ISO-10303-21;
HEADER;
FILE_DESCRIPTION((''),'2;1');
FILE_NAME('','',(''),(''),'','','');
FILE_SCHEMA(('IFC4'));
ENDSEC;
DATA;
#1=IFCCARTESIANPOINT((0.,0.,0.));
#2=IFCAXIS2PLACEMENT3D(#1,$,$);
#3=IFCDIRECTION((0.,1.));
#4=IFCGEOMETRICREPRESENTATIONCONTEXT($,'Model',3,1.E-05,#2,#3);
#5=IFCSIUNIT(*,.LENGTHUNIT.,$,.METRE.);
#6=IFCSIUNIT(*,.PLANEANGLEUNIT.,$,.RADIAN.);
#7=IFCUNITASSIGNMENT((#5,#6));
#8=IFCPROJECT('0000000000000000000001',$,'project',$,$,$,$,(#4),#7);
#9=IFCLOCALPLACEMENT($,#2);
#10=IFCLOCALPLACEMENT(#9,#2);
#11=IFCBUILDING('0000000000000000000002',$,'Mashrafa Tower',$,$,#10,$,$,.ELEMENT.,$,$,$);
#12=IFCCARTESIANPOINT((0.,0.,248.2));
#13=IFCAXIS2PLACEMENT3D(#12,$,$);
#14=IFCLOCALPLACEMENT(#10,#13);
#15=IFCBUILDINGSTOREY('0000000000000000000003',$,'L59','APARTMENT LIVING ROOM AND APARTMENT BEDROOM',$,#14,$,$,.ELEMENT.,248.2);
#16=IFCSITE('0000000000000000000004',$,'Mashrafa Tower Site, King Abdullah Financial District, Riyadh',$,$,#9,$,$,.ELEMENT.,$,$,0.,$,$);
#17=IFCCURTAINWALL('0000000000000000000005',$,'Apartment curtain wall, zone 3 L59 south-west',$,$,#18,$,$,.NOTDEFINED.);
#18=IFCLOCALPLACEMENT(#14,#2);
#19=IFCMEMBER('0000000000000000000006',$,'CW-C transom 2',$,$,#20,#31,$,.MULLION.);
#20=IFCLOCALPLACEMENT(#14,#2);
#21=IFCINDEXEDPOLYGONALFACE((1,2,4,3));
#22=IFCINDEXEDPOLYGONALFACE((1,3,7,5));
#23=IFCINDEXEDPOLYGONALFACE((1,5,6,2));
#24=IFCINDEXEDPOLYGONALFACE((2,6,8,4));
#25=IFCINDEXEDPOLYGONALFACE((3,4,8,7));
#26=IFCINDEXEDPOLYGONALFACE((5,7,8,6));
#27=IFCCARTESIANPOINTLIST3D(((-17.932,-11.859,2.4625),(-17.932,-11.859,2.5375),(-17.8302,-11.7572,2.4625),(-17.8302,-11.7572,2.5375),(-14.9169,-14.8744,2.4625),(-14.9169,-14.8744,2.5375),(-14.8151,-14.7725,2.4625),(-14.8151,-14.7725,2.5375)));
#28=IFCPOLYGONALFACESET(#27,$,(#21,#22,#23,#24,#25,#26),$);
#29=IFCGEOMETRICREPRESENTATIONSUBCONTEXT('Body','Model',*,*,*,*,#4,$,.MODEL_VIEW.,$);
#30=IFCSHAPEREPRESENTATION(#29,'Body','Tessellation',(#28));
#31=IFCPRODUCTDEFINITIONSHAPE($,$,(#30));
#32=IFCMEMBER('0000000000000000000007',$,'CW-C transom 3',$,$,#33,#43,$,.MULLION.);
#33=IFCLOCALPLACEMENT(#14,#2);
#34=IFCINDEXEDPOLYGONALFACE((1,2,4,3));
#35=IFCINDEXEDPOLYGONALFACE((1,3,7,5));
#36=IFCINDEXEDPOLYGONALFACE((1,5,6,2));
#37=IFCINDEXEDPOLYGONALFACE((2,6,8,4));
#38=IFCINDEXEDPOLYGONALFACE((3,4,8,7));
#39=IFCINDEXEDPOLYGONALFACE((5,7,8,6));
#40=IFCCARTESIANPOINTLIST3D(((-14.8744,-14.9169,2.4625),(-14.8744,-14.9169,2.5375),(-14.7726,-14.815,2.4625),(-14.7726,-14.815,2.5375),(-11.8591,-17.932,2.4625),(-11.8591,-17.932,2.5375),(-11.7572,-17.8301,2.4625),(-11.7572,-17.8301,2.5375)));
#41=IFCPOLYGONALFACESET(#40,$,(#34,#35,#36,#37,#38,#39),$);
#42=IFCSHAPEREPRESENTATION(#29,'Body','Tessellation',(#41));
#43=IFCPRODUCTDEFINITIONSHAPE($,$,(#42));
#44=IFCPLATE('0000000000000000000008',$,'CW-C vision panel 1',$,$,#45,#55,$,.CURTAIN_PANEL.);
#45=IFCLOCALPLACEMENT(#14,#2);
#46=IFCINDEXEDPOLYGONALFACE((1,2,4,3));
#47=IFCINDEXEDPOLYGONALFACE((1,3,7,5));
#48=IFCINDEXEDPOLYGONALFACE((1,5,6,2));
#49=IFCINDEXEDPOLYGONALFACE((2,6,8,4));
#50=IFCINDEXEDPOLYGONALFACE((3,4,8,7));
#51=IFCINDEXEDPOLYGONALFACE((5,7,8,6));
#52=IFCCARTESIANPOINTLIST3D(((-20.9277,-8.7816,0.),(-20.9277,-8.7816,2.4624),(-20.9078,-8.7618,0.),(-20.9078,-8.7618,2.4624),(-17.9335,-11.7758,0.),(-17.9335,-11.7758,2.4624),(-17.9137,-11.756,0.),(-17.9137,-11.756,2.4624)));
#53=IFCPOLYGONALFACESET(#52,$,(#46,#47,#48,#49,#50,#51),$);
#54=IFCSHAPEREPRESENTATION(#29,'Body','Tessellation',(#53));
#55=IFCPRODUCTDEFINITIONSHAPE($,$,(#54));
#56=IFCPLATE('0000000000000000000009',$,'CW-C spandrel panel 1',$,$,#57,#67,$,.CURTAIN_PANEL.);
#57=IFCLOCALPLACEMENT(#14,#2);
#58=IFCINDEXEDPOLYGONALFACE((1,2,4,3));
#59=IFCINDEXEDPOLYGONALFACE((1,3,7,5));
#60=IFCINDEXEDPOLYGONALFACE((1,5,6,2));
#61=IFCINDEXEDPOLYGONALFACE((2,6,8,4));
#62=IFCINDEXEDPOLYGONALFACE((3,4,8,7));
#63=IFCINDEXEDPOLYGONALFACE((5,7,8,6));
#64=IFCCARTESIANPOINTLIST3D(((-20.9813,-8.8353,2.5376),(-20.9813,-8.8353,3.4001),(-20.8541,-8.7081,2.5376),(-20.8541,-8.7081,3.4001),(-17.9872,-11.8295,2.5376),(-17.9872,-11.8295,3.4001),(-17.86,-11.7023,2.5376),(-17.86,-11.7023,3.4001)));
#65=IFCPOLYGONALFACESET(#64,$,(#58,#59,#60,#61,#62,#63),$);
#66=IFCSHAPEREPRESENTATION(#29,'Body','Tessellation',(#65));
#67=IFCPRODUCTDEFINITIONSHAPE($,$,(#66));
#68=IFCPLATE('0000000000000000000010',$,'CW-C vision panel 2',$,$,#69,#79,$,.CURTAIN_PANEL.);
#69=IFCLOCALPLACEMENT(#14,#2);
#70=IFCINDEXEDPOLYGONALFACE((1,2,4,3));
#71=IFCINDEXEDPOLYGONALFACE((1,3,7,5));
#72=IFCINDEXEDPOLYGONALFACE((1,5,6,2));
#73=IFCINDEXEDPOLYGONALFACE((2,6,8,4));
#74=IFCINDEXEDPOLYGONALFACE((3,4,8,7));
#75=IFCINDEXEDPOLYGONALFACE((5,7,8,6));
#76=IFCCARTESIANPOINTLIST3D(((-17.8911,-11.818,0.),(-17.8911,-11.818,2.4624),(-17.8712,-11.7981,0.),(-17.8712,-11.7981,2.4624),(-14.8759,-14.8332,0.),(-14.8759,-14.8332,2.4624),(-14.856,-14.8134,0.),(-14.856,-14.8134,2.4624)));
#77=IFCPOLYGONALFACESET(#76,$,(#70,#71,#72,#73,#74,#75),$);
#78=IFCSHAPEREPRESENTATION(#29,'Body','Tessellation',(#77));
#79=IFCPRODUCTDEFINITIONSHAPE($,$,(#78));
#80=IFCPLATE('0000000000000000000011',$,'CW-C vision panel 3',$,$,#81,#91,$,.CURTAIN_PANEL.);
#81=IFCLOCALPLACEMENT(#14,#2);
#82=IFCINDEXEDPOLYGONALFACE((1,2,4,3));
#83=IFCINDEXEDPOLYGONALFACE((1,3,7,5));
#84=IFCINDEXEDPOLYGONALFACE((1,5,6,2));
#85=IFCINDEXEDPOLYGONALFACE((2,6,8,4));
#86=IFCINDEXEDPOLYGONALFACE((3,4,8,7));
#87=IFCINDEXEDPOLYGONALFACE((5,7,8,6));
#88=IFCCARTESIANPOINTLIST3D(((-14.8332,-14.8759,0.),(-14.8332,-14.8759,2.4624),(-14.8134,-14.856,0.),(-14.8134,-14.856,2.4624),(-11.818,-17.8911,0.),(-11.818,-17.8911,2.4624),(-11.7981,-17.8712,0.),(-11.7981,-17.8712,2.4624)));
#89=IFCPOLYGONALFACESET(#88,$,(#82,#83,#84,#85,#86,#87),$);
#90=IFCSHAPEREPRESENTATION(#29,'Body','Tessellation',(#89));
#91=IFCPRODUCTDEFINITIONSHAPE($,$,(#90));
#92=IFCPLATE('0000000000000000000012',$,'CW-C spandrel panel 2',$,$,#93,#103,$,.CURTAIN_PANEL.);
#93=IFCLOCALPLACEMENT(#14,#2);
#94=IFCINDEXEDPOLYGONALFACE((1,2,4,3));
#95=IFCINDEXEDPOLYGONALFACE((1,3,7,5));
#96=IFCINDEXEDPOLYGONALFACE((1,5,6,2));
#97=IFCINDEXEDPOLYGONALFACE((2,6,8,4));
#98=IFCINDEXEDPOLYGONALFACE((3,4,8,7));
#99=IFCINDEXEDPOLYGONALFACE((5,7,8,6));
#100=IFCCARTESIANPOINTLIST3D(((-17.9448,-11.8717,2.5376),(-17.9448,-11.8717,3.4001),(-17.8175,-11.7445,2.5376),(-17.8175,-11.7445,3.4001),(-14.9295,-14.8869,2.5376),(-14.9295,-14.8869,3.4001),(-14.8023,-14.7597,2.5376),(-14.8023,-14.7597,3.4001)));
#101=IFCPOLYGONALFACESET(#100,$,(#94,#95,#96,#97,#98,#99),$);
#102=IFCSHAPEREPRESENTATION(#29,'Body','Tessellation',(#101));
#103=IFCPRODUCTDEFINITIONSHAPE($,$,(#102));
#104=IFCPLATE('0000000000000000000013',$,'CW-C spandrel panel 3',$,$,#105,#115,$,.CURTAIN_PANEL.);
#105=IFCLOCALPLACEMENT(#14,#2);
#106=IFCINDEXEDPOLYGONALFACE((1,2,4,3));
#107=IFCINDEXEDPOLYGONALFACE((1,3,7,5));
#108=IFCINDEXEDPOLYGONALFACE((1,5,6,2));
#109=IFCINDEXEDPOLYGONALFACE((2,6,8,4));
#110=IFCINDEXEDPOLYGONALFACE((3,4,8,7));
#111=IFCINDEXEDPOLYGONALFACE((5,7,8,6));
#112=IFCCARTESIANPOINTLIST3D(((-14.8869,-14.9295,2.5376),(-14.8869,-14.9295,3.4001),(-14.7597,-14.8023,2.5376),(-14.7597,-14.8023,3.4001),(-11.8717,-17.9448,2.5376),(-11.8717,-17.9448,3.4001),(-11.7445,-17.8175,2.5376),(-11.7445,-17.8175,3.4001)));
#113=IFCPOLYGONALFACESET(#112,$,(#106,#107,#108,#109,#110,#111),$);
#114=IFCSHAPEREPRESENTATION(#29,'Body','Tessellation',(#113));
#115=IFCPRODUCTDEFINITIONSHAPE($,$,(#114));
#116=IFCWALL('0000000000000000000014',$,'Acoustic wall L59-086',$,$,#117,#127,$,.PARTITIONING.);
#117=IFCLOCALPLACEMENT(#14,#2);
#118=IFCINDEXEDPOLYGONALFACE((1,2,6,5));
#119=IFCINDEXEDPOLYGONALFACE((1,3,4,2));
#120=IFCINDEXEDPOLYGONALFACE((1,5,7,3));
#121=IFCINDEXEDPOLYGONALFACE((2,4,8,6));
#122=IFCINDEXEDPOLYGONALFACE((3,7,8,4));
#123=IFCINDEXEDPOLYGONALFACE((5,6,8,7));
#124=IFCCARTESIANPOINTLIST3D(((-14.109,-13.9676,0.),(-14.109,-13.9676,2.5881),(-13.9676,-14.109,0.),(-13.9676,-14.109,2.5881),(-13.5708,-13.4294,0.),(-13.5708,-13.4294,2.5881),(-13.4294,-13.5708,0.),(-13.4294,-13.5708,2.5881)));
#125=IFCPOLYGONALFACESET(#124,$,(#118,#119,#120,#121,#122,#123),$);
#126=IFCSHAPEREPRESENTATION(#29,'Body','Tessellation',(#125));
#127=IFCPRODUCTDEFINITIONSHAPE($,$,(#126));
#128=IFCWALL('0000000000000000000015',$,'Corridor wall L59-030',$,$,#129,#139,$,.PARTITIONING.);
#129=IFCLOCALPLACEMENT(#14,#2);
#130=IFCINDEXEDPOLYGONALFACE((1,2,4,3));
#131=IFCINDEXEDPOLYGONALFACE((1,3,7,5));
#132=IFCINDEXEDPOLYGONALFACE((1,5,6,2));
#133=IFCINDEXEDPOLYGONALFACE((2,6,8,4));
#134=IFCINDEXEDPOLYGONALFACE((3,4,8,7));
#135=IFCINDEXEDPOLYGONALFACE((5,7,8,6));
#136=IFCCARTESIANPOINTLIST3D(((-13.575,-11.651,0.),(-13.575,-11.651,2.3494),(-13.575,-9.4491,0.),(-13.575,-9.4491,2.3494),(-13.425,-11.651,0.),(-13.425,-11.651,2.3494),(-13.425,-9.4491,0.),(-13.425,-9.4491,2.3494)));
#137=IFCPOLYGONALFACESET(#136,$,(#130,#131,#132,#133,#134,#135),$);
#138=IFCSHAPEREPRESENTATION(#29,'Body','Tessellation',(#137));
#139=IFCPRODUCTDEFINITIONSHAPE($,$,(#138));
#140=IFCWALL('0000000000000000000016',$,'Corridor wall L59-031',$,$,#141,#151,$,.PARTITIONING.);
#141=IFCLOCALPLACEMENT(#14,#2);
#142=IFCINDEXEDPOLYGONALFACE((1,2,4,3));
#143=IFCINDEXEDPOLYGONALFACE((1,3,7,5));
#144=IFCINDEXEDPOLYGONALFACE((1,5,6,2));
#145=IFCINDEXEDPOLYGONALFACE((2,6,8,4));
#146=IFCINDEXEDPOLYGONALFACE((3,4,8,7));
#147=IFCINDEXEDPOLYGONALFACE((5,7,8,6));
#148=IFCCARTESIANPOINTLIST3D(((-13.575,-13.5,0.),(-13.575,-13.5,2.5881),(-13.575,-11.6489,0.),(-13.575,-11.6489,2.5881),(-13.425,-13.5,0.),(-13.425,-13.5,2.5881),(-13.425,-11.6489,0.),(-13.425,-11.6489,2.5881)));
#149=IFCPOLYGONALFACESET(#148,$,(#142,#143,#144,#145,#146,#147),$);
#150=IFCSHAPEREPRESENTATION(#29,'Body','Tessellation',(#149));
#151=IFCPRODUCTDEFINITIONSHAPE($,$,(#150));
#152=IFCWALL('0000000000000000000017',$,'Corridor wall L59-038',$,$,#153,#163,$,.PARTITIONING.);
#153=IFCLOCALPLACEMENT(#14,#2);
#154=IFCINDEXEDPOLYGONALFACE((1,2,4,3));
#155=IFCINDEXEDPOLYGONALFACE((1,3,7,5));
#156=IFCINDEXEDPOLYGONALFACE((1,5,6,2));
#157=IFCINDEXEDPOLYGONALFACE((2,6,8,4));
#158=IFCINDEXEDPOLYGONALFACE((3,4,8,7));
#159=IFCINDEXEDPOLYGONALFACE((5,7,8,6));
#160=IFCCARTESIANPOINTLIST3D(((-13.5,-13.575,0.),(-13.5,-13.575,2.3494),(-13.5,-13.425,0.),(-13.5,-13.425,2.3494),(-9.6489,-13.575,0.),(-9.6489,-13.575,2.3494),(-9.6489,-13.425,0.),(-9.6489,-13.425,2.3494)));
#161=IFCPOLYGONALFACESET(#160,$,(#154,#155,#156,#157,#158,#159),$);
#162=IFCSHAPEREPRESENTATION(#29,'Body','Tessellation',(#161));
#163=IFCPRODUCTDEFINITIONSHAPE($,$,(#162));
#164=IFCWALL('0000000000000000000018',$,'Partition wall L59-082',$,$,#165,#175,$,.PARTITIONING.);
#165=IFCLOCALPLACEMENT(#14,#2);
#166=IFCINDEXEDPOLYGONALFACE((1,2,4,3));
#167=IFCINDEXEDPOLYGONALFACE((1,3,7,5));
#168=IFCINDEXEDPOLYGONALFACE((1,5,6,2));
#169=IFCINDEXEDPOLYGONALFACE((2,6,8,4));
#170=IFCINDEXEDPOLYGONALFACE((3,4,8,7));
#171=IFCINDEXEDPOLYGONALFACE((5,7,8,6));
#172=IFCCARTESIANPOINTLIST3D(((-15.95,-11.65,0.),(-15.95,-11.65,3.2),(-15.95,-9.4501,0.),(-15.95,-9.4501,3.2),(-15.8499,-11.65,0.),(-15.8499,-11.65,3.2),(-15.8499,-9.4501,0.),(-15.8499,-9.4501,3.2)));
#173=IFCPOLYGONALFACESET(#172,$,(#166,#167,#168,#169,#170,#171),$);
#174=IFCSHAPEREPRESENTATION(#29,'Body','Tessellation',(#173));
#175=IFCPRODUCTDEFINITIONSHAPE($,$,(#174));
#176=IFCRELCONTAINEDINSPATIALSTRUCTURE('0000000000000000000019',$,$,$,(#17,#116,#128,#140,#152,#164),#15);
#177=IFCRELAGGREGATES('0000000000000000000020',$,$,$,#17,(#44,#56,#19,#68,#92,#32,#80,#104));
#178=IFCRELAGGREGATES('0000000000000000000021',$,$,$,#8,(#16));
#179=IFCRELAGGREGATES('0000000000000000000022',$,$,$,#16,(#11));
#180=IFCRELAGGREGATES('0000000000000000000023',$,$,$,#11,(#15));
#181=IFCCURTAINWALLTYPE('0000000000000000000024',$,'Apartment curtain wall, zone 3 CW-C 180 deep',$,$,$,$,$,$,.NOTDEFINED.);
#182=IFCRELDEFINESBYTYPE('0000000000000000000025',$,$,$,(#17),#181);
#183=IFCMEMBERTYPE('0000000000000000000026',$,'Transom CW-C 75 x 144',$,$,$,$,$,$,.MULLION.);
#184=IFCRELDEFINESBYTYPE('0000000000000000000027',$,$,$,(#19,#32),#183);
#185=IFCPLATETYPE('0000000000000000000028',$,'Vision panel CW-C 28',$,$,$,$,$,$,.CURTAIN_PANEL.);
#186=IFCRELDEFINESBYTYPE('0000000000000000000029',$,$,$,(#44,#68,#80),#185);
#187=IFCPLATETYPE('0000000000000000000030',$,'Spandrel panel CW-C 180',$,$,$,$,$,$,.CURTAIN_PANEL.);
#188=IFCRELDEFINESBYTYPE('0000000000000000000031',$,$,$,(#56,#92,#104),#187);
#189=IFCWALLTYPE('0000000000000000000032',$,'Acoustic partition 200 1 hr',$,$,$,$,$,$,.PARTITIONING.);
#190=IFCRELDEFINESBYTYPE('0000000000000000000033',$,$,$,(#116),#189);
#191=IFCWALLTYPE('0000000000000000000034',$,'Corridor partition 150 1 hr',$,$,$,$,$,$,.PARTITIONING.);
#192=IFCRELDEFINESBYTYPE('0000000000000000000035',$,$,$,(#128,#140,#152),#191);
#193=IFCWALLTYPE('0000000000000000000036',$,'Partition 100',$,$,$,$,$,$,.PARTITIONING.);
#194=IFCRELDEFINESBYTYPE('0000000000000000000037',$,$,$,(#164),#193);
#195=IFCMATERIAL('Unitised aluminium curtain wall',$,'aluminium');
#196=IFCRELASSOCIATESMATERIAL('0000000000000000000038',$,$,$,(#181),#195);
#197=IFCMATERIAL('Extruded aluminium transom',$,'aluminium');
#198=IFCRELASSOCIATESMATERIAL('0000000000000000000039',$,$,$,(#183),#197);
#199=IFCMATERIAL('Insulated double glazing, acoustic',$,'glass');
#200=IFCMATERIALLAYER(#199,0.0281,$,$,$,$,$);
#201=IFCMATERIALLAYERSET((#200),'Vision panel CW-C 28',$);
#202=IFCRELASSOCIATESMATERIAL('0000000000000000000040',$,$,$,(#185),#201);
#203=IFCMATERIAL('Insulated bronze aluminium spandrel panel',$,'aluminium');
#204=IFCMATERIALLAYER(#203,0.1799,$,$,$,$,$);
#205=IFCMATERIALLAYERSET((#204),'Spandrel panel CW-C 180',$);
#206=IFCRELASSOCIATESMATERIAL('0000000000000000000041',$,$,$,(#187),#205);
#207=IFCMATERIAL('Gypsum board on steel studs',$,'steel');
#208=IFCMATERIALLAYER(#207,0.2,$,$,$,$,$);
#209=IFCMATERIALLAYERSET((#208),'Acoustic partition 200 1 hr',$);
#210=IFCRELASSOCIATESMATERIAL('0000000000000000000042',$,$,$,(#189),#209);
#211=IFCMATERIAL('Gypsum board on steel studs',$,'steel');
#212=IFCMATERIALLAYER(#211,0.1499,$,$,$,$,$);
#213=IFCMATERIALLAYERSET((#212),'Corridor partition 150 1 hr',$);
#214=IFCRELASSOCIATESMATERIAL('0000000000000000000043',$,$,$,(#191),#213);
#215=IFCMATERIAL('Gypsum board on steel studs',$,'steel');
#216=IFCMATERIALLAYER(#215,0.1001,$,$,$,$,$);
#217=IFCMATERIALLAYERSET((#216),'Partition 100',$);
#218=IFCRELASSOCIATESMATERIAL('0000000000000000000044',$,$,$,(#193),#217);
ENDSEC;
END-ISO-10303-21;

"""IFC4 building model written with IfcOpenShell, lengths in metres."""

from ifc_helpers import new_model, si_unit, direction, frame, frame_2d, origin, origin_2d, place, context, subcontext, project, spatial, rectangle, extrude, source, transform, mapped, material, layer, layer_set, material_profile, profile_set, type_object, type_shapes, element, aggregate, save


model = new_model("IFC4")

# Units and contexts
model_context = context("Model", 3, precision=1e-05, world=origin(), true_north=direction((0.0, 1.0)))
body_context = subcontext(model_context, "Body", "Model", "MODEL_VIEW")
ifc_project = project(units=[si_unit("LENGTHUNIT", "METRE"), si_unit("PLANEANGLEUNIT", "RADIAN")], contexts=[model_context])

# Site, building, storey
site_placement = place(None, origin())
site = spatial("IfcSite", under=ifc_project, at=site_placement, Name="Mashrafa Tower Site, King Abdullah Financial District, Riyadh", CompositionType="ELEMENT", RefElevation=0.0)
building_placement = place(site_placement, origin())
building = spatial("IfcBuilding", under=site, at=building_placement, Name="Mashrafa Tower", CompositionType="ELEMENT")
storey_placement = place(building_placement, frame((0.0, 0.0, 248.2)))
storey = spatial("IfcBuildingStorey", under=building, at=storey_placement, Name="L59", Description="APARTMENT LIVING ROOM AND APARTMENT BEDROOM", CompositionType="ELEMENT", Elevation=248.2)

# Curtain wall, members, plates
ifc_material_1 = material(Name="Unitised aluminium curtain wall", Category="aluminium")
curtain_wall_type = type_object("IfcCurtainWallType", Name="Apartment curtain wall, zone 3 CW-C 180 deep", PredefinedType="NOTDEFINED", material=ifc_material_1)
curtain_wall_placement = place(storey_placement, origin())
curtain_wall = element("IfcCurtainWall", 1, at=curtain_wall_placement, inside=storey, type_object=curtain_wall_type, Name="Apartment curtain wall, zone 3 L59 south-west", PredefinedType="NOTDEFINED")
ifc_material_2 = material(Name="Extruded aluminium transom", Category="aluminium")
ifc_material_profile_1 = material_profile(ifc_material_2, rectangle(XDim=0.144, YDim=0.075, at=origin_2d()), Name="Transom 75x144")
ifc_profile_set_1 = profile_set([ifc_material_profile_1], Name="Extruded aluminium transom")
member_type_1 = type_object("IfcMemberType", Name="Transom CW-C 75 x 144", PredefinedType="MULLION", material=ifc_profile_set_1)
shared_shape_1 = source(origin(), body_context, "Body", "SweptSolid", [
    extrude(rectangle(XDim=0.144, YDim=0.075, at=origin_2d()), origin(), (0.0, 0.0, 1.0), 4.2642),
])
type_shapes(member_type_1, [shared_shape_1])
member_1_placement = place(storey_placement, frame((-17.8811, -11.8081, 2.5), z_axis=(0.707078, -0.707135, 0.0), x_axis=(0.707135, 0.707078, 0.0)))
member_1 = element("IfcMember", 2, at=member_1_placement, type_object=member_type_1, Name="CW-C transom 2", PredefinedType="MULLION", context=body_context, shape_type="MappedRepresentation", body=[
    mapped(shared_shape_1, transform((0.0, 0.0, 0.0))),
])
member_2_placement = place(storey_placement, frame((-14.8235, -14.866, 2.5), z_axis=(0.707135, -0.707078, 0.0), x_axis=(0.707078, 0.707135, 0.0)))
member_2 = element("IfcMember", 3, at=member_2_placement, type_object=member_type_1, Name="CW-C transom 3", PredefinedType="MULLION", context=body_context, shape_type="MappedRepresentation", body=[
    mapped(shared_shape_1, transform((0.0, 0.0, 0.0))),
])
ifc_material_3 = material(Name="Insulated double glazing, acoustic", Category="glass")
ifc_layer_1 = layer(ifc_material_3, 0.0281)
ifc_layer_set_1 = layer_set([ifc_layer_1], Name="Vision panel CW-C 28")
plate_type_1 = type_object("IfcPlateType", Name="Vision panel CW-C 28", PredefinedType="CURTAIN_PANEL", material=ifc_layer_set_1)
shared_shape_2 = source(origin(), body_context, "Body", "SweptSolid", [
    extrude(rectangle(XDim=4.2344, YDim=0.0281, at=origin_2d()), origin(), (0.0, 0.0, 1.0), 2.4624),
])
plate_1_placement = place(storey_placement, frame((-19.4207, -10.2688, 0.0), z_axis=(0.0, 0.0, 1.0), x_axis=(0.707107, -0.707107, 0.0)))
plate_1 = element("IfcPlate", 4, at=plate_1_placement, type_object=plate_type_1, Name="CW-C vision panel 1", PredefinedType="CURTAIN_PANEL", context=body_context, shape_type="MappedRepresentation", body=[
    mapped(shared_shape_2, transform((0.0, 0.0, 0.0))),
])
ifc_material_4 = material(Name="Insulated bronze aluminium spandrel panel", Category="aluminium")
ifc_layer_2 = layer(ifc_material_4, 0.1799)
ifc_layer_set_2 = layer_set([ifc_layer_2], Name="Spandrel panel CW-C 180")
plate_type_2 = type_object("IfcPlateType", Name="Spandrel panel CW-C 180", PredefinedType="CURTAIN_PANEL", material=ifc_layer_set_2)
shared_shape_3 = source(origin(), body_context, "Body", "SweptSolid", [
    extrude(rectangle(XDim=4.2344, YDim=0.1799, at=origin_2d()), origin(), (0.0, 0.0, 1.0), 0.8625),
])
plate_2_placement = place(storey_placement, frame((-19.4207, -10.2688, 2.5376), z_axis=(0.0, 0.0, 1.0), x_axis=(0.707107, -0.707107, 0.0)))
plate_2 = element("IfcPlate", 5, at=plate_2_placement, type_object=plate_type_2, Name="CW-C spandrel panel 1", PredefinedType="CURTAIN_PANEL", context=body_context, shape_type="MappedRepresentation", body=[
    mapped(shared_shape_3, transform((0.0, 0.0, 0.0))),
])
shared_shape_4 = source(origin(), body_context, "Body", "SweptSolid", [
    extrude(rectangle(XDim=4.2642, YDim=0.0281, at=origin_2d()), origin(), (0.0, 0.0, 1.0), 2.4624),
])
type_shapes(plate_type_1, [shared_shape_2, shared_shape_4])
plate_3_placement = place(storey_placement, frame((-16.3735, -13.3157, 0.0), z_axis=(0.0, 0.0, 1.0), x_axis=(0.707107, -0.707107, 0.0)))
plate_3 = element("IfcPlate", 6, at=plate_3_placement, type_object=plate_type_1, Name="CW-C vision panel 2", PredefinedType="CURTAIN_PANEL", context=body_context, shape_type="MappedRepresentation", body=[
    mapped(shared_shape_4, transform((0.0, 0.0, 0.0))),
])
plate_4_placement = place(storey_placement, frame((-13.3157, -16.3735, 0.0), z_axis=(0.0, 0.0, 1.0), x_axis=(0.707107, -0.707107, 0.0)))
plate_4 = element("IfcPlate", 7, at=plate_4_placement, type_object=plate_type_1, Name="CW-C vision panel 3", PredefinedType="CURTAIN_PANEL", context=body_context, shape_type="MappedRepresentation", body=[
    mapped(shared_shape_4, transform((0.0, 0.0, 0.0))),
])
shared_shape_5 = source(origin(), body_context, "Body", "SweptSolid", [
    extrude(rectangle(XDim=4.2642, YDim=0.1799, at=origin_2d()), origin(), (0.0, 0.0, 1.0), 0.8625),
])
type_shapes(plate_type_2, [shared_shape_3, shared_shape_5])
plate_5_placement = place(storey_placement, frame((-16.3735, -13.3157, 2.5376), z_axis=(0.0, 0.0, 1.0), x_axis=(0.707107, -0.707107, 0.0)))
plate_5 = element("IfcPlate", 8, at=plate_5_placement, type_object=plate_type_2, Name="CW-C spandrel panel 2", PredefinedType="CURTAIN_PANEL", context=body_context, shape_type="MappedRepresentation", body=[
    mapped(shared_shape_5, transform((0.0, 0.0, 0.0))),
])
plate_6_placement = place(storey_placement, frame((-13.3157, -16.3735, 2.5376), z_axis=(0.0, 0.0, 1.0), x_axis=(0.707107, -0.707107, 0.0)))
plate_6 = element("IfcPlate", 9, at=plate_6_placement, type_object=plate_type_2, Name="CW-C spandrel panel 3", PredefinedType="CURTAIN_PANEL", context=body_context, shape_type="MappedRepresentation", body=[
    mapped(shared_shape_5, transform((0.0, 0.0, 0.0))),
])
aggregate(curtain_wall, [plate_1, plate_2, member_1, plate_3, plate_5, member_2, plate_4, plate_6])

# Walls
ifc_material_5 = material(Name="Gypsum board on steel studs", Category="steel")
ifc_layer_3 = layer(ifc_material_5, 0.2)
ifc_layer_set_3 = layer_set([ifc_layer_3], Name="Acoustic partition 200 1 hr")
wall_type_1 = type_object("IfcWallType", Name="Acoustic partition 200 1 hr", PredefinedType="PARTITIONING", material=ifc_layer_set_3)
wall_1_placement = place(storey_placement, frame((-14.0383, -14.0383, 0.0), z_axis=(0.0, 0.0, 1.0), x_axis=(0.707107, 0.707107, 0.0)))
element("IfcWall", 10, at=wall_1_placement, inside=storey, type_object=wall_type_1, Name="Acoustic wall L59-086", PredefinedType="PARTITIONING", context=body_context, shape_type="SweptSolid", body=[
    extrude(rectangle(XDim=0.7612, YDim=0.2, at=frame_2d((0.3806, 0.0))), origin(), (0.0, 0.0, 1.0), 2.5881),
])
ifc_material_6 = material(Name="Gypsum board on steel studs", Category="steel")
ifc_layer_4 = layer(ifc_material_6, 0.1499)
ifc_layer_set_4 = layer_set([ifc_layer_4], Name="Corridor partition 150 1 hr")
wall_type_2 = type_object("IfcWallType", Name="Corridor partition 150 1 hr", PredefinedType="PARTITIONING", material=ifc_layer_set_4)
wall_2_placement = place(storey_placement, frame((-13.5, -9.449, 0.0), z_axis=(0.0, 0.0, 1.0), x_axis=(0.0, -1.0, 0.0)))
element("IfcWall", 11, at=wall_2_placement, inside=storey, type_object=wall_type_2, Name="Corridor wall L59-030", PredefinedType="PARTITIONING", context=body_context, shape_type="SweptSolid", body=[
    extrude(rectangle(XDim=2.2019, YDim=0.1499, at=frame_2d((1.1011, 0.0))), origin(), (0.0, 0.0, 1.0), 2.3494),
])
wall_3_placement = place(storey_placement, frame((-13.5, -11.6489, 0.0), z_axis=(0.0, 0.0, 1.0), x_axis=(0.0, -1.0, 0.0)))
element("IfcWall", 12, at=wall_3_placement, inside=storey, type_object=wall_type_2, Name="Corridor wall L59-031", PredefinedType="PARTITIONING", context=body_context, shape_type="SweptSolid", body=[
    extrude(rectangle(XDim=1.8511, YDim=0.1499, at=frame_2d((0.9255, 0.0))), origin(), (0.0, 0.0, 1.0), 2.5881),
])
wall_4_placement = place(storey_placement, frame((-13.5, -13.5, 0.0), z_axis=(0.0, 0.0, 1.0), x_axis=(1.0, 0.0, 0.0)))
element("IfcWall", 13, at=wall_4_placement, inside=storey, type_object=wall_type_2, Name="Corridor wall L59-038", PredefinedType="PARTITIONING", context=body_context, shape_type="SweptSolid", body=[
    extrude(rectangle(XDim=3.8511, YDim=0.1499, at=frame_2d((1.9255, 0.0))), origin(), (0.0, 0.0, 1.0), 2.3494),
])
ifc_material_7 = material(Name="Gypsum board on steel studs", Category="steel")
ifc_layer_5 = layer(ifc_material_7, 0.1001)
ifc_layer_set_5 = layer_set([ifc_layer_5], Name="Partition 100")
wall_type_3 = type_object("IfcWallType", Name="Partition 100", PredefinedType="PARTITIONING", material=ifc_layer_set_5)
wall_5_placement = place(storey_placement, frame((-15.8999, -9.45, 0.0), z_axis=(0.0, 0.0, 1.0), x_axis=(0.0, -1.0, 0.0)))
element("IfcWall", 14, at=wall_5_placement, inside=storey, type_object=wall_type_3, Name="Partition wall L59-082", PredefinedType="PARTITIONING", context=body_context, shape_type="SweptSolid", body=[
    extrude(rectangle(XDim=2.2, YDim=0.1001, at=frame_2d((1.1001, 0.0))), origin(), (0.0, 0.0, 1.0), 3.2),
])

save(model, "model.ifc")
